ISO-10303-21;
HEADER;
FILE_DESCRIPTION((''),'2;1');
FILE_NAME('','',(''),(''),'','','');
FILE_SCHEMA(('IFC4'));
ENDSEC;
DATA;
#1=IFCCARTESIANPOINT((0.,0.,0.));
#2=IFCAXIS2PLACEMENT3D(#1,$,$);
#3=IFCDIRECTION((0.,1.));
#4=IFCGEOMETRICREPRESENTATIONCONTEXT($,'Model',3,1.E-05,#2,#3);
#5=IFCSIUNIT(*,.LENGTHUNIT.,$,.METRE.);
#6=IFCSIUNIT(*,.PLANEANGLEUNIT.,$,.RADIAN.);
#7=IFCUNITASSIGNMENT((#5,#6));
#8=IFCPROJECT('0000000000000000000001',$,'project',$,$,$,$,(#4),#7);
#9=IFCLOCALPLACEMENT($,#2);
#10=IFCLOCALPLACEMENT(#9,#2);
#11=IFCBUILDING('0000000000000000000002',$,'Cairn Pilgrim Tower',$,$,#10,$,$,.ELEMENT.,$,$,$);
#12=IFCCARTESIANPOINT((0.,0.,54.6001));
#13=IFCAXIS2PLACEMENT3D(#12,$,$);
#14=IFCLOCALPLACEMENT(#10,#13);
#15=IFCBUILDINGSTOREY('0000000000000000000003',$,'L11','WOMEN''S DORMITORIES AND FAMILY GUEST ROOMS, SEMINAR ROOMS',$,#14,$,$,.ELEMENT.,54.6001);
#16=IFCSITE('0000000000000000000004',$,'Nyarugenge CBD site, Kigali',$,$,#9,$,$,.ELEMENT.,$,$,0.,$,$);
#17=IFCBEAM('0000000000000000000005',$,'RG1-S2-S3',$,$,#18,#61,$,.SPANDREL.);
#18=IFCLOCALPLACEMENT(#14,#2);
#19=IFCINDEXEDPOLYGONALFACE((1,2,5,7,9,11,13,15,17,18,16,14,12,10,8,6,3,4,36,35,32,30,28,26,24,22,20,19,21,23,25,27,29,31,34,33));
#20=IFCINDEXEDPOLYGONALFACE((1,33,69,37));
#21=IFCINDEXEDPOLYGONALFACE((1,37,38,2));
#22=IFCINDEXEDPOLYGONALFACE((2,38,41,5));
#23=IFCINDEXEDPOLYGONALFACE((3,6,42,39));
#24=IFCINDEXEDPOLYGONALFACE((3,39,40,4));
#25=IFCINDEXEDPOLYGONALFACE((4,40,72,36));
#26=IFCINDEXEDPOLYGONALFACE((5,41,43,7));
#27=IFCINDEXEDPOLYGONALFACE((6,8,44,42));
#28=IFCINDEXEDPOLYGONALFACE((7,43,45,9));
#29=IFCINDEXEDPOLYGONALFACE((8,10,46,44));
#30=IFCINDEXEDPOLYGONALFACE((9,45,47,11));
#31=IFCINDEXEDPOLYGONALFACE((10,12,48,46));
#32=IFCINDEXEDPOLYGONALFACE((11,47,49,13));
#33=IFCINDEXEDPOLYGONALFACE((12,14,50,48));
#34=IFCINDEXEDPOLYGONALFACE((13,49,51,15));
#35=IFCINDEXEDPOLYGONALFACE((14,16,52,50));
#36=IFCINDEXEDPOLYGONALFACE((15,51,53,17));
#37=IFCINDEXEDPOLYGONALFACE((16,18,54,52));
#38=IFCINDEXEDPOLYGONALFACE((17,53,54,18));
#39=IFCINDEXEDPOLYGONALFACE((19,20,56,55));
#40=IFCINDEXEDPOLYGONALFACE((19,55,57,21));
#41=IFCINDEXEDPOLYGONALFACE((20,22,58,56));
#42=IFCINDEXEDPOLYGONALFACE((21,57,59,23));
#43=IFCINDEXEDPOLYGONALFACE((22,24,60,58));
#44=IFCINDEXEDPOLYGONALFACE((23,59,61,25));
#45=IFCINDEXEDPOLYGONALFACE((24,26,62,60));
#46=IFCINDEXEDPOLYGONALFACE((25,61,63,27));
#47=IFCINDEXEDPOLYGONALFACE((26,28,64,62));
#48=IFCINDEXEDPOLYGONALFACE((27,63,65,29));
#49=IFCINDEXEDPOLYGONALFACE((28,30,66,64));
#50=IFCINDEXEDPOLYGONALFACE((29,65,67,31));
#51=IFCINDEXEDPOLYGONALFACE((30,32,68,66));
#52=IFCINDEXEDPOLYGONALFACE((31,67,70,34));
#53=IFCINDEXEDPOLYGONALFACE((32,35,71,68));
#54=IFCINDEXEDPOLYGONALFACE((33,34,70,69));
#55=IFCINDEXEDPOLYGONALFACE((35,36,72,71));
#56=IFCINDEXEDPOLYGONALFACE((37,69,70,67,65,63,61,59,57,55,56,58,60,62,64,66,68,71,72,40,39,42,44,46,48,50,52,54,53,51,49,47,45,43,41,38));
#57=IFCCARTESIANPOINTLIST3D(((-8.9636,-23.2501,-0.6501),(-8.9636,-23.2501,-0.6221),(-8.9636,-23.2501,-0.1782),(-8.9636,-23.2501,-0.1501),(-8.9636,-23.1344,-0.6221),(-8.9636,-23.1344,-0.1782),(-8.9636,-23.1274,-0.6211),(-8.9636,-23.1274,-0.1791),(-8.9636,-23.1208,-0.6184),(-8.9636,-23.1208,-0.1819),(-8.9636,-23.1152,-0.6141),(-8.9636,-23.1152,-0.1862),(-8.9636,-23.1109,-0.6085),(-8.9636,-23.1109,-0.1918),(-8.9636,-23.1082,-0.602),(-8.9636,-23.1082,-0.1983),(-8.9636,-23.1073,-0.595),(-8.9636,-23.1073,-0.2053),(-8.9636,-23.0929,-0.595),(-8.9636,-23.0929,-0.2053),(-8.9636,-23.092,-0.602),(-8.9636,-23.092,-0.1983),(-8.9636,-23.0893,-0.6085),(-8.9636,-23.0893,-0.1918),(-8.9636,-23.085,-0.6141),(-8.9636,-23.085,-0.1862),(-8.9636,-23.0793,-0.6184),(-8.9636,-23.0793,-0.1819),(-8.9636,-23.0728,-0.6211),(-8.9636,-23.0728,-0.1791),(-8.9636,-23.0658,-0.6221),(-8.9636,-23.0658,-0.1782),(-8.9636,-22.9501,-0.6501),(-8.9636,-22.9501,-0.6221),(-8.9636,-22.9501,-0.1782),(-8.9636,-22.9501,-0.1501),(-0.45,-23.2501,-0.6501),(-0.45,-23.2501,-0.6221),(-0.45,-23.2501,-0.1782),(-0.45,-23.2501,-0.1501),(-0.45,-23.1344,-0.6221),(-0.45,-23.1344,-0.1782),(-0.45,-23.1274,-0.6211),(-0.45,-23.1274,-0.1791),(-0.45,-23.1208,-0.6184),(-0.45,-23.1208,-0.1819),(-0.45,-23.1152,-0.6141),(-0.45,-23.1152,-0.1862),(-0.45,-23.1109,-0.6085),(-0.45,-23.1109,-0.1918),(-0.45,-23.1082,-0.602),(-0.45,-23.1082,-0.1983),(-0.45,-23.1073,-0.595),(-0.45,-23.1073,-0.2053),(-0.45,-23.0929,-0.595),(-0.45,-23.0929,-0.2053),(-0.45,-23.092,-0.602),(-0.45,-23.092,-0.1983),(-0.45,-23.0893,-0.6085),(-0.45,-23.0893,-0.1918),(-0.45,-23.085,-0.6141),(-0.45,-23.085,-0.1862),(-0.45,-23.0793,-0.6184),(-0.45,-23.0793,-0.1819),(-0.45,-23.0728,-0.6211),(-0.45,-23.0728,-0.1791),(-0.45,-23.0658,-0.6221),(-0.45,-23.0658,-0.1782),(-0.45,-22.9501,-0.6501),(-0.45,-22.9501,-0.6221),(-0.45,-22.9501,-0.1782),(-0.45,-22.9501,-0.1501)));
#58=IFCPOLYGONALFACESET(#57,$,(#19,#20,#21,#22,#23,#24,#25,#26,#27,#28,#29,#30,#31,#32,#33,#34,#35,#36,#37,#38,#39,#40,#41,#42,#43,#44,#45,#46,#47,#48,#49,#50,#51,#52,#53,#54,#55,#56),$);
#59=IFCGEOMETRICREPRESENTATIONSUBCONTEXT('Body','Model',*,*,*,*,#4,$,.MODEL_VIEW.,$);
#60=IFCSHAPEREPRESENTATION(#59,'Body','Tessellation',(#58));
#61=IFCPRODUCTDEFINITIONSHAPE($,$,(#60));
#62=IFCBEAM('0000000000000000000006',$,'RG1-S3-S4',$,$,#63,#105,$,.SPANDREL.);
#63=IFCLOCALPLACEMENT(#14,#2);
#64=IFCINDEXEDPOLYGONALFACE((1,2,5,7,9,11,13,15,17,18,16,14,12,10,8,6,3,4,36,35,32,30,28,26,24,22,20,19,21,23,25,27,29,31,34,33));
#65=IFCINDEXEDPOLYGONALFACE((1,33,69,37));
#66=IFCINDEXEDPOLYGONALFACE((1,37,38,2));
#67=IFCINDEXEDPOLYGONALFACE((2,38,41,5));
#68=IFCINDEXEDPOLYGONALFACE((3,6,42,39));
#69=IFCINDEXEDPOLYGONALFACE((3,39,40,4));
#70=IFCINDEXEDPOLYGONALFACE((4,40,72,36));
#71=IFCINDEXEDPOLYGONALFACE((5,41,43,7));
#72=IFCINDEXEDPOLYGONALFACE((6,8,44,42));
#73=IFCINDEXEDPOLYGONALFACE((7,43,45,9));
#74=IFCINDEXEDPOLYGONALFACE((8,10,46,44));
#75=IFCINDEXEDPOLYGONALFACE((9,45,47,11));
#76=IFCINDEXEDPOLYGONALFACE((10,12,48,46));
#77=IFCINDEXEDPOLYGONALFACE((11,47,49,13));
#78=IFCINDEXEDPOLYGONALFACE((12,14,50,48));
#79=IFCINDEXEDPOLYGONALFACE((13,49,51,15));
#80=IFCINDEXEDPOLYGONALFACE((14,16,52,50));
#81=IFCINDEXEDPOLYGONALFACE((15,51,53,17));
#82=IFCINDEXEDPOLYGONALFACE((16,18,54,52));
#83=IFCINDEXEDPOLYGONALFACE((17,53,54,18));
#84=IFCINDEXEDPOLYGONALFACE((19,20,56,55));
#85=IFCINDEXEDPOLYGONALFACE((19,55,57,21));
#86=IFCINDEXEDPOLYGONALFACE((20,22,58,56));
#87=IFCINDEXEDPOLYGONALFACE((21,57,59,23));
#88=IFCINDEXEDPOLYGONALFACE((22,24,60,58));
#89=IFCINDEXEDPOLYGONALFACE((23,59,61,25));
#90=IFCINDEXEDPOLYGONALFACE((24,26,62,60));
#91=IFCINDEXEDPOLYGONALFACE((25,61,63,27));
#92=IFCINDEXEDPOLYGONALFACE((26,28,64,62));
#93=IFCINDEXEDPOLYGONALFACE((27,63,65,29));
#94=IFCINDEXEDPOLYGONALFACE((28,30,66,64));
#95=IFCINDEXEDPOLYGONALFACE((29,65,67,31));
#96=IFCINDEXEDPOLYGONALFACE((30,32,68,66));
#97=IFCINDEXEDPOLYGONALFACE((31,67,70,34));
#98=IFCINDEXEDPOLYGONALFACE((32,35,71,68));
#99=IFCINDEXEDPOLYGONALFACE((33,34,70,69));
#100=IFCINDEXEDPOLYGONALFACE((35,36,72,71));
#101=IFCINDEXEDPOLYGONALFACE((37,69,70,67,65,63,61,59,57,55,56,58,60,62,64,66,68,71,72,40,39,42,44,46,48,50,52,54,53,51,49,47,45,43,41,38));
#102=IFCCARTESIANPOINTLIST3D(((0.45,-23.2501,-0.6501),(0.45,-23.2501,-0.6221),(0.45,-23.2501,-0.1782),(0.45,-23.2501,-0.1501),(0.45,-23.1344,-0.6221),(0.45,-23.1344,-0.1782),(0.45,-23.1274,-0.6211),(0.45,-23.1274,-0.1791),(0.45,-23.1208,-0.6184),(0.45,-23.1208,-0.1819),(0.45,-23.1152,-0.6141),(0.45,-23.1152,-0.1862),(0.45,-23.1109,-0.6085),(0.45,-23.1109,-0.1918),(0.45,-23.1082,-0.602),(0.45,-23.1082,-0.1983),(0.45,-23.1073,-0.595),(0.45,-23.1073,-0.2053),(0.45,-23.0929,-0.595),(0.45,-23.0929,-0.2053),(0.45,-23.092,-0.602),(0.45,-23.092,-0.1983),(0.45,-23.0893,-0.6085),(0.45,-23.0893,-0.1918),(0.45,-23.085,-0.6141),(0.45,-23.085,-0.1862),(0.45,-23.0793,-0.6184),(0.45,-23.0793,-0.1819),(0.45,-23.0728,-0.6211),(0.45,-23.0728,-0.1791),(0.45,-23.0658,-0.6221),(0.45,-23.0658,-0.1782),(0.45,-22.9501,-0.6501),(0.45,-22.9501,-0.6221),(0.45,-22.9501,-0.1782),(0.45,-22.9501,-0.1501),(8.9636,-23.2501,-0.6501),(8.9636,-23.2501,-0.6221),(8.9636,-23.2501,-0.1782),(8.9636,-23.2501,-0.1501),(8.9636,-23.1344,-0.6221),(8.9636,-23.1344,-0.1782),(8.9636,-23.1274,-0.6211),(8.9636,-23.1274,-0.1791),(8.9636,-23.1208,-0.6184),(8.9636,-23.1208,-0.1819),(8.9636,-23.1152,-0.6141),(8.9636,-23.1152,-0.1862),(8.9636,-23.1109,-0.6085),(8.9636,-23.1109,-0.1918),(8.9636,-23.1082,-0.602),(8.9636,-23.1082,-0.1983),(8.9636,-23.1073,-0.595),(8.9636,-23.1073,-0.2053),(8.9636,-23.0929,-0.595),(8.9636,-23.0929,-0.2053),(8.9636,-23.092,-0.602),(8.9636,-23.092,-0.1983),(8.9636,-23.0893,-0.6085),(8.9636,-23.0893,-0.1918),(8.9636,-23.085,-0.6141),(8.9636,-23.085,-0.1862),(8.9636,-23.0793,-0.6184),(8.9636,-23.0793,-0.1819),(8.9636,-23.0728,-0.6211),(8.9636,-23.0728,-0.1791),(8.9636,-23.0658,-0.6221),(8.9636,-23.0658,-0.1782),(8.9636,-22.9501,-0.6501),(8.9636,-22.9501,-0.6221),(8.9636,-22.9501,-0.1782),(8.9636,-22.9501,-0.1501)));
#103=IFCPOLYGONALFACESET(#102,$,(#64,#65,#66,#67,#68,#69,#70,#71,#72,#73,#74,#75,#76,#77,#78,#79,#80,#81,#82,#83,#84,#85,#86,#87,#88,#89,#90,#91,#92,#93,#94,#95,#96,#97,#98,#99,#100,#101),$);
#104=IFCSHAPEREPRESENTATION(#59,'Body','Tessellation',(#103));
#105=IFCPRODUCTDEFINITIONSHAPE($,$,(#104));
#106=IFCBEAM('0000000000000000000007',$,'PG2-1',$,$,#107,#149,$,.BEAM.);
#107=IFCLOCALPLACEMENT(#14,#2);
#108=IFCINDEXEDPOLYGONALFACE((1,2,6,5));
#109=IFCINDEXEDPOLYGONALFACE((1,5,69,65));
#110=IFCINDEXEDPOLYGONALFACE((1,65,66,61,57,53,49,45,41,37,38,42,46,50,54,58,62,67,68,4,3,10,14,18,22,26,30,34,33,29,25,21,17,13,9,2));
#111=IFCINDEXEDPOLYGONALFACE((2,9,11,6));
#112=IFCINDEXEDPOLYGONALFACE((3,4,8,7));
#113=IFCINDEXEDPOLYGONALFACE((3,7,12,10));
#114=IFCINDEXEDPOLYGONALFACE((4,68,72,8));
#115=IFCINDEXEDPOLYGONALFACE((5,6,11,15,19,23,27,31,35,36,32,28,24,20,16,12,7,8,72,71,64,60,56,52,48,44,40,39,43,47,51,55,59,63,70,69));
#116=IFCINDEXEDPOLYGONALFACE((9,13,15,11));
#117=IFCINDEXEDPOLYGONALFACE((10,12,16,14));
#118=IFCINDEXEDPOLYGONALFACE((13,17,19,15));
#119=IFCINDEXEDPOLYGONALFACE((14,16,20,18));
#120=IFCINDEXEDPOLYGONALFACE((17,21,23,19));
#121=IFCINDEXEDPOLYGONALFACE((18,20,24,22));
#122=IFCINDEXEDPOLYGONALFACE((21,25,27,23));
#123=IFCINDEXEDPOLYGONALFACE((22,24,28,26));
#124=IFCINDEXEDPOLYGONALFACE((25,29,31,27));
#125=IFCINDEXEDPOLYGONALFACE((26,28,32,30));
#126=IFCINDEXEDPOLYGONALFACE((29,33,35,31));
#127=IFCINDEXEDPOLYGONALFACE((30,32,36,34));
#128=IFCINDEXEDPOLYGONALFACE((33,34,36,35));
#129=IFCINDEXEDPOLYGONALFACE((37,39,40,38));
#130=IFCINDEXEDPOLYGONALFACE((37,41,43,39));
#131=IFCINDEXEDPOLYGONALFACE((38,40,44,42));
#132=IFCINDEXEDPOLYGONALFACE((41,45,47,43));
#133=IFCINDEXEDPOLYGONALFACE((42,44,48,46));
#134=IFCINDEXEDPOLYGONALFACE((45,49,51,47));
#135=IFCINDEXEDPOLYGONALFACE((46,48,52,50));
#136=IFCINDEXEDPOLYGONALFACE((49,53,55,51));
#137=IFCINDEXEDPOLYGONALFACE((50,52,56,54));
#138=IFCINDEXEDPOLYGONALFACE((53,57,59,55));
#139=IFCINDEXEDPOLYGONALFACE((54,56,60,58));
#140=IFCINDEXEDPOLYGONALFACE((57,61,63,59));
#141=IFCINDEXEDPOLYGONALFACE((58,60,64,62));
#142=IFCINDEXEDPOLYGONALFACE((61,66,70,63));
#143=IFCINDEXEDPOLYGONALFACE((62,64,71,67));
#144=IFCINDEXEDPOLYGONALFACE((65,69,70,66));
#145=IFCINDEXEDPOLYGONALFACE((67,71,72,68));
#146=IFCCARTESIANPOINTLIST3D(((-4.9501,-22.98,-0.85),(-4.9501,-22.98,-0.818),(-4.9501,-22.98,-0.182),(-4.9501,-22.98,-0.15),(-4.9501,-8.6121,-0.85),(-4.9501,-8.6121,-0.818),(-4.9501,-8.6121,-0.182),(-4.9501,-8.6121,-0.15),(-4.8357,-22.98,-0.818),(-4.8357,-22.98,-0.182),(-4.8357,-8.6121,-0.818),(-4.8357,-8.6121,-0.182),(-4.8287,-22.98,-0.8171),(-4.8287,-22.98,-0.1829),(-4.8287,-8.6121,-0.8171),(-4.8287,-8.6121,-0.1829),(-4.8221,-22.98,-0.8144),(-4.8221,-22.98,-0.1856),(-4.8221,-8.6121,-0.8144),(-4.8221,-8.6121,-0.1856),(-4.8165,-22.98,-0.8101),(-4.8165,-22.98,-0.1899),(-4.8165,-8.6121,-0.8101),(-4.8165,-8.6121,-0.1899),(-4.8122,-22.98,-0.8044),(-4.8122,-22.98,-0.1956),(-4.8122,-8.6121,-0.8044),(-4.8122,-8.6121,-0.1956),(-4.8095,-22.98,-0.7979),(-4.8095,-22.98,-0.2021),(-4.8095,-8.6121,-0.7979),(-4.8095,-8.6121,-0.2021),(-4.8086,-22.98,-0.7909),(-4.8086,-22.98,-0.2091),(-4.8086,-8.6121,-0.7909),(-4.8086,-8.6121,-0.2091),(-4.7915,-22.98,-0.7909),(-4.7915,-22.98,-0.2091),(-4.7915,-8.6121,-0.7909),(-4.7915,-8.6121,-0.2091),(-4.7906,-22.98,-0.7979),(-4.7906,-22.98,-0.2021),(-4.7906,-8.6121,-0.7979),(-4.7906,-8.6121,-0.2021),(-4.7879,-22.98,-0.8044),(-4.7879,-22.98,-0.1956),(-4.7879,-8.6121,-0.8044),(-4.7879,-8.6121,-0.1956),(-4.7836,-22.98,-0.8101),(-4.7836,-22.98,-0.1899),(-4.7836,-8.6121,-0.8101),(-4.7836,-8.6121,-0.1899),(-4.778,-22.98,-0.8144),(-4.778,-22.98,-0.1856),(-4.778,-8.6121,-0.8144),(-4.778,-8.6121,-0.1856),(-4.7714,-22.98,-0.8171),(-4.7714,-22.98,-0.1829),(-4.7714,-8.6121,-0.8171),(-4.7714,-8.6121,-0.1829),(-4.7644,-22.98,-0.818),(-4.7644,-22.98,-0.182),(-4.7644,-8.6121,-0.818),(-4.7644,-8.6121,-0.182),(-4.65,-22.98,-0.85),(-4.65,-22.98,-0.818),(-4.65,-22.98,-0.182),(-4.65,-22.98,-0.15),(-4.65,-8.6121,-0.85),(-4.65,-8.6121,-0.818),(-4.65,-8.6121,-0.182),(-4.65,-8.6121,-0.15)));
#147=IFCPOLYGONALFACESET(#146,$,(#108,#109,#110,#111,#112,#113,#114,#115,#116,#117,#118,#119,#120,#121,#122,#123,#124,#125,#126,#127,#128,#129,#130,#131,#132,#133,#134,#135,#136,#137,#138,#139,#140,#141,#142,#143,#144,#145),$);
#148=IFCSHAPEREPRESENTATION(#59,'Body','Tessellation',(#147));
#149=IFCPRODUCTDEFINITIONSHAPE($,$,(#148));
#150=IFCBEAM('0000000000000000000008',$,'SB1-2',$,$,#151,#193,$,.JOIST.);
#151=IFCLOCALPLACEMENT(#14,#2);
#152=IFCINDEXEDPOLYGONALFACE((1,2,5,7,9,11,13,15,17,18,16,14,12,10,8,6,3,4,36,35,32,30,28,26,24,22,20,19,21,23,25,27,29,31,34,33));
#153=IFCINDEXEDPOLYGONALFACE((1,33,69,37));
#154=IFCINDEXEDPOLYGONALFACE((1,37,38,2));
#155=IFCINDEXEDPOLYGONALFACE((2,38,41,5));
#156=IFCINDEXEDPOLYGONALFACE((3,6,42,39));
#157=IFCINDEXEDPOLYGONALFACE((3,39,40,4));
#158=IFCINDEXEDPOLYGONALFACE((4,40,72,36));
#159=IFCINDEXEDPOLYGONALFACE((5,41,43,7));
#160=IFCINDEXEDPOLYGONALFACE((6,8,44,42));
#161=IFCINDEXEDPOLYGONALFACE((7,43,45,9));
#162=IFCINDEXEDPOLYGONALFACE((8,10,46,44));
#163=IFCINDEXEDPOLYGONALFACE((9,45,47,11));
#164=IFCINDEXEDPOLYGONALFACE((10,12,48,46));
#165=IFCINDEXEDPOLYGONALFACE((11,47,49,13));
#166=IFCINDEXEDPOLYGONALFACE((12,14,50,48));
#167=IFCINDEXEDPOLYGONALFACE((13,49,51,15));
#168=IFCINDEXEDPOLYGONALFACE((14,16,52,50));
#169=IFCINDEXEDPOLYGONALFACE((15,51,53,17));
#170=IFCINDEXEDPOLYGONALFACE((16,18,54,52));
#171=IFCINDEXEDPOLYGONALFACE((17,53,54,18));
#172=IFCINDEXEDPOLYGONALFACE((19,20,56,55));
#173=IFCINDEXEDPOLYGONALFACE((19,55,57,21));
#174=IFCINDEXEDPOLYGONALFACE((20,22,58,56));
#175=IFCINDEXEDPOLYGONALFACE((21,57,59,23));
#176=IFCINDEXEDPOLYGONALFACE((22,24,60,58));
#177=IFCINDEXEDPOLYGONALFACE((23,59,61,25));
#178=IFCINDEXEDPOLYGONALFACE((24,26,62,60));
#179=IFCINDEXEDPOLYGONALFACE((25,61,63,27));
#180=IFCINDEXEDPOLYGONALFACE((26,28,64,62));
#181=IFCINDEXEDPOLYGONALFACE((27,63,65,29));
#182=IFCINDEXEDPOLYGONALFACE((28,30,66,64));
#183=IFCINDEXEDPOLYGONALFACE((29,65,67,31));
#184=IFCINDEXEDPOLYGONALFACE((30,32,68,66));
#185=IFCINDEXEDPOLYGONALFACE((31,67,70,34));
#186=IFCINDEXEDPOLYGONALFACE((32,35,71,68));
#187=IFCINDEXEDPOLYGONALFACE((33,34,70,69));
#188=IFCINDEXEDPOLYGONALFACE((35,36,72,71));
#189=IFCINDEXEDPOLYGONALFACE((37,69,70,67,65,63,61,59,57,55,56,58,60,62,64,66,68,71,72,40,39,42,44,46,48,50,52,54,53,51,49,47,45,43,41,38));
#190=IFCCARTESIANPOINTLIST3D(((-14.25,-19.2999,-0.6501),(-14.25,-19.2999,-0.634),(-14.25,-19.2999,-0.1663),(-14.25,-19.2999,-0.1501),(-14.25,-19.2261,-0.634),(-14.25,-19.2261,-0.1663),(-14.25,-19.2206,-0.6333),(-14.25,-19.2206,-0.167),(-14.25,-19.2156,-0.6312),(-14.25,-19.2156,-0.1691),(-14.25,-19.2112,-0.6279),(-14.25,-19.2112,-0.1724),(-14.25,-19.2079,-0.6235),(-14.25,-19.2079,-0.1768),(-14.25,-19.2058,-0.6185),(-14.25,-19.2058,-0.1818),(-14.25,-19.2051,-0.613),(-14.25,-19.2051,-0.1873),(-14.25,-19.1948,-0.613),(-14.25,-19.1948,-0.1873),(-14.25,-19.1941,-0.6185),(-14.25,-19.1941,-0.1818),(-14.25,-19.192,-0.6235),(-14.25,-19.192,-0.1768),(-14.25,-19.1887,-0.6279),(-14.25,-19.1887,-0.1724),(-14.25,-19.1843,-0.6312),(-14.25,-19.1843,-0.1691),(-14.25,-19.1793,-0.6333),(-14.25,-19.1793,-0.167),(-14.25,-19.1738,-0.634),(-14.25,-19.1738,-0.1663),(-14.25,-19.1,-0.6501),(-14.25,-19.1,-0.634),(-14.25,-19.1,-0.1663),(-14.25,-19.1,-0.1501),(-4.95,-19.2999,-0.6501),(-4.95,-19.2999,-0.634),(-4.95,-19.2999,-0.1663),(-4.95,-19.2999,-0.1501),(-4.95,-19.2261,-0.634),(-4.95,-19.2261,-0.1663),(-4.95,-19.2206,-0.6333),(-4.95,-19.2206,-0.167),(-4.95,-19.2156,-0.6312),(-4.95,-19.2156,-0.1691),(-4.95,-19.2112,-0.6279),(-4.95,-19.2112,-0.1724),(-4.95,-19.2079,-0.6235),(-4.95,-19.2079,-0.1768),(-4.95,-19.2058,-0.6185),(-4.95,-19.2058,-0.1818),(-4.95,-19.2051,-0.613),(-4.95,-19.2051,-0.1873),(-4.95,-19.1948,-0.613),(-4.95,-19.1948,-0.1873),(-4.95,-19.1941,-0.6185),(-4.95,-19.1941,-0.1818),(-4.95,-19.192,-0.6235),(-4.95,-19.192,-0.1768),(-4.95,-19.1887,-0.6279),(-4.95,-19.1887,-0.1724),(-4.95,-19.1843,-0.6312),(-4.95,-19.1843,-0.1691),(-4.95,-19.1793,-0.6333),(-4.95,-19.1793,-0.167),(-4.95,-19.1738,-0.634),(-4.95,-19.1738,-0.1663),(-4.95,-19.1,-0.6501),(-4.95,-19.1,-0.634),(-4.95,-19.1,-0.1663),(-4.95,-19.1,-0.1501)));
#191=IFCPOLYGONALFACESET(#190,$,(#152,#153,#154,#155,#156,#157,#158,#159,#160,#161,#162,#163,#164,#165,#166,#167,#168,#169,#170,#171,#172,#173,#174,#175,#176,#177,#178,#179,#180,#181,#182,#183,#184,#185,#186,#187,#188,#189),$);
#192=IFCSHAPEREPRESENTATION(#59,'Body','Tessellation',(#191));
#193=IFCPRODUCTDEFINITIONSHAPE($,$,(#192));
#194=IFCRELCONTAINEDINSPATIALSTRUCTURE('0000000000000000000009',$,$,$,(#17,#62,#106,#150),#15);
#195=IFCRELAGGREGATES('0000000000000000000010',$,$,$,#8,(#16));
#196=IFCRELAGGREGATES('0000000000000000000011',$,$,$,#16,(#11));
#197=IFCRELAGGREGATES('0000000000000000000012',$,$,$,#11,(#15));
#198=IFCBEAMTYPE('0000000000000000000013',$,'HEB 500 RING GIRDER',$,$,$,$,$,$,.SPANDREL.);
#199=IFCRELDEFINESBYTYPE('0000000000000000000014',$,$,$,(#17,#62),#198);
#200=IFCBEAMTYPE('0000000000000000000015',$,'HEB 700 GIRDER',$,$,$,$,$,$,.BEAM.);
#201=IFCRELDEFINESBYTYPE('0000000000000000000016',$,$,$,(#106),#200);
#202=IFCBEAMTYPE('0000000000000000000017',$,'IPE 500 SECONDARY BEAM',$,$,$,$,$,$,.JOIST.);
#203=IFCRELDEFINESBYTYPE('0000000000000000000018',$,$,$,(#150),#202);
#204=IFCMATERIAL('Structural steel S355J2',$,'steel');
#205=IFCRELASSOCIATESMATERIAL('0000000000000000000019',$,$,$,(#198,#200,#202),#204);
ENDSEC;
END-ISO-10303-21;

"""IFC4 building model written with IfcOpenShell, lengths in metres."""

from ifc_helpers import new_model, si_unit, direction, frame, origin, origin_2d, place, context, subcontext, project, spatial, i_section, extrude, material, material_profile, profile_set, type_object, element, save


model = new_model("IFC4")

# Units and contexts
model_context = context("Model", 3, precision=1e-05, world=origin(), true_north=direction((0.0, 1.0)))
body_context = subcontext(model_context, "Body", "Model", "MODEL_VIEW")
ifc_project = project(units=[si_unit("LENGTHUNIT", "METRE"), si_unit("PLANEANGLEUNIT", "RADIAN")], contexts=[model_context])

# Site, building, storey
site_placement = place(None, origin())
site = spatial("IfcSite", under=ifc_project, at=site_placement, Name="Nyarugenge CBD site, Kigali", CompositionType="ELEMENT", RefElevation=0.0)
building_placement = place(site_placement, origin())
building = spatial("IfcBuilding", under=site, at=building_placement, Name="Cairn Pilgrim Tower", CompositionType="ELEMENT")
storey_placement = place(building_placement, frame((0.0, 0.0, 54.6001)))
storey = spatial("IfcBuildingStorey", under=building, at=storey_placement, Name="L11", Description="WOMEN'S DORMITORIES AND FAMILY GUEST ROOMS, SEMINAR ROOMS", CompositionType="ELEMENT", Elevation=54.6001)

# Beams
ifc_material_1 = material(Name="Structural steel S355J2", Category="steel")
ifc_material_profile_1 = material_profile(ifc_material_1, i_section(OverallWidth=0.3, OverallDepth=0.5, WebThickness=0.0144, FlangeThickness=0.0281, FilletRadius=0.0271, at=origin_2d()), Name="HEB 500")
ifc_profile_set_1 = profile_set([ifc_material_profile_1], Name="Structural steel S355J2")
beam_type_1 = type_object("IfcBeamType", Name="HEB 500 RING GIRDER", PredefinedType="SPANDREL", material=ifc_profile_set_1)
for number, where, z_axis, x_axis, name in (
    (1, (-8.9636, -23.1001, -0.4001), (1.0, 0.0, 0.0), (0.0, 1.0, 0.0), "RG1-S2-S3"),
    (2, (0.45, -23.1001, -0.4001), (1.0, 0.0, 0.0), (0.0, 1.0, 0.0), "RG1-S3-S4"),
):
    element("IfcBeam", number, at=place(storey_placement, frame(where, z_axis=z_axis, x_axis=x_axis)), inside=storey, type_object=beam_type_1, Name=name, PredefinedType="SPANDREL", context=body_context, shape_type="SweptSolid", body=[
        extrude(i_section(OverallWidth=0.3, OverallDepth=0.5, WebThickness=0.0144, FlangeThickness=0.0281, FilletRadius=0.0271, at=origin_2d()), origin(), (0.0, 0.0, 1.0), 8.5137),
    ])
ifc_material_profile_2 = material_profile(ifc_material_1, i_section(OverallWidth=0.3, OverallDepth=0.7, WebThickness=0.0171, FlangeThickness=0.032, FilletRadius=0.0271, at=origin_2d()), Name="HEB 700")
ifc_profile_set_2 = profile_set([ifc_material_profile_2], Name="Structural steel S355J2")
beam_type_2 = type_object("IfcBeamType", Name="HEB 700 GIRDER", PredefinedType="BEAM", material=ifc_profile_set_2)
beam_1_placement = place(storey_placement, frame((-4.8, -22.98, -0.5), z_axis=(0.0, 1.0, 0.0), x_axis=(-1.0, 0.0, 0.0)))
element("IfcBeam", 3, at=beam_1_placement, inside=storey, type_object=beam_type_2, Name="PG2-1", PredefinedType="BEAM", context=body_context, shape_type="SweptSolid", body=[
    extrude(i_section(OverallWidth=0.3, OverallDepth=0.7, WebThickness=0.0171, FlangeThickness=0.032, FilletRadius=0.0271, at=origin_2d()), origin(), (0.0, 0.0, 1.0), 14.3679),
])
ifc_material_profile_3 = material_profile(ifc_material_1, i_section(OverallWidth=0.2, OverallDepth=0.5, WebThickness=0.0103, FlangeThickness=0.0161, FilletRadius=0.021, at=origin_2d()), Name="IPE 500")
ifc_profile_set_3 = profile_set([ifc_material_profile_3], Name="Structural steel S355J2")
beam_type_3 = type_object("IfcBeamType", Name="IPE 500 SECONDARY BEAM", PredefinedType="JOIST", material=ifc_profile_set_3)
beam_2_placement = place(storey_placement, frame((-14.25, -19.2, -0.4001), z_axis=(1.0, 0.0, 0.0), x_axis=(0.0, 1.0, 0.0)))
element("IfcBeam", 4, at=beam_2_placement, inside=storey, type_object=beam_type_3, Name="SB1-2", PredefinedType="JOIST", context=body_context, shape_type="SweptSolid", body=[
    extrude(i_section(OverallWidth=0.2, OverallDepth=0.5, WebThickness=0.0103, FlangeThickness=0.0161, FilletRadius=0.021, at=origin_2d()), origin(), (0.0, 0.0, 1.0), 9.3),
])

save(model, "model.ifc")
